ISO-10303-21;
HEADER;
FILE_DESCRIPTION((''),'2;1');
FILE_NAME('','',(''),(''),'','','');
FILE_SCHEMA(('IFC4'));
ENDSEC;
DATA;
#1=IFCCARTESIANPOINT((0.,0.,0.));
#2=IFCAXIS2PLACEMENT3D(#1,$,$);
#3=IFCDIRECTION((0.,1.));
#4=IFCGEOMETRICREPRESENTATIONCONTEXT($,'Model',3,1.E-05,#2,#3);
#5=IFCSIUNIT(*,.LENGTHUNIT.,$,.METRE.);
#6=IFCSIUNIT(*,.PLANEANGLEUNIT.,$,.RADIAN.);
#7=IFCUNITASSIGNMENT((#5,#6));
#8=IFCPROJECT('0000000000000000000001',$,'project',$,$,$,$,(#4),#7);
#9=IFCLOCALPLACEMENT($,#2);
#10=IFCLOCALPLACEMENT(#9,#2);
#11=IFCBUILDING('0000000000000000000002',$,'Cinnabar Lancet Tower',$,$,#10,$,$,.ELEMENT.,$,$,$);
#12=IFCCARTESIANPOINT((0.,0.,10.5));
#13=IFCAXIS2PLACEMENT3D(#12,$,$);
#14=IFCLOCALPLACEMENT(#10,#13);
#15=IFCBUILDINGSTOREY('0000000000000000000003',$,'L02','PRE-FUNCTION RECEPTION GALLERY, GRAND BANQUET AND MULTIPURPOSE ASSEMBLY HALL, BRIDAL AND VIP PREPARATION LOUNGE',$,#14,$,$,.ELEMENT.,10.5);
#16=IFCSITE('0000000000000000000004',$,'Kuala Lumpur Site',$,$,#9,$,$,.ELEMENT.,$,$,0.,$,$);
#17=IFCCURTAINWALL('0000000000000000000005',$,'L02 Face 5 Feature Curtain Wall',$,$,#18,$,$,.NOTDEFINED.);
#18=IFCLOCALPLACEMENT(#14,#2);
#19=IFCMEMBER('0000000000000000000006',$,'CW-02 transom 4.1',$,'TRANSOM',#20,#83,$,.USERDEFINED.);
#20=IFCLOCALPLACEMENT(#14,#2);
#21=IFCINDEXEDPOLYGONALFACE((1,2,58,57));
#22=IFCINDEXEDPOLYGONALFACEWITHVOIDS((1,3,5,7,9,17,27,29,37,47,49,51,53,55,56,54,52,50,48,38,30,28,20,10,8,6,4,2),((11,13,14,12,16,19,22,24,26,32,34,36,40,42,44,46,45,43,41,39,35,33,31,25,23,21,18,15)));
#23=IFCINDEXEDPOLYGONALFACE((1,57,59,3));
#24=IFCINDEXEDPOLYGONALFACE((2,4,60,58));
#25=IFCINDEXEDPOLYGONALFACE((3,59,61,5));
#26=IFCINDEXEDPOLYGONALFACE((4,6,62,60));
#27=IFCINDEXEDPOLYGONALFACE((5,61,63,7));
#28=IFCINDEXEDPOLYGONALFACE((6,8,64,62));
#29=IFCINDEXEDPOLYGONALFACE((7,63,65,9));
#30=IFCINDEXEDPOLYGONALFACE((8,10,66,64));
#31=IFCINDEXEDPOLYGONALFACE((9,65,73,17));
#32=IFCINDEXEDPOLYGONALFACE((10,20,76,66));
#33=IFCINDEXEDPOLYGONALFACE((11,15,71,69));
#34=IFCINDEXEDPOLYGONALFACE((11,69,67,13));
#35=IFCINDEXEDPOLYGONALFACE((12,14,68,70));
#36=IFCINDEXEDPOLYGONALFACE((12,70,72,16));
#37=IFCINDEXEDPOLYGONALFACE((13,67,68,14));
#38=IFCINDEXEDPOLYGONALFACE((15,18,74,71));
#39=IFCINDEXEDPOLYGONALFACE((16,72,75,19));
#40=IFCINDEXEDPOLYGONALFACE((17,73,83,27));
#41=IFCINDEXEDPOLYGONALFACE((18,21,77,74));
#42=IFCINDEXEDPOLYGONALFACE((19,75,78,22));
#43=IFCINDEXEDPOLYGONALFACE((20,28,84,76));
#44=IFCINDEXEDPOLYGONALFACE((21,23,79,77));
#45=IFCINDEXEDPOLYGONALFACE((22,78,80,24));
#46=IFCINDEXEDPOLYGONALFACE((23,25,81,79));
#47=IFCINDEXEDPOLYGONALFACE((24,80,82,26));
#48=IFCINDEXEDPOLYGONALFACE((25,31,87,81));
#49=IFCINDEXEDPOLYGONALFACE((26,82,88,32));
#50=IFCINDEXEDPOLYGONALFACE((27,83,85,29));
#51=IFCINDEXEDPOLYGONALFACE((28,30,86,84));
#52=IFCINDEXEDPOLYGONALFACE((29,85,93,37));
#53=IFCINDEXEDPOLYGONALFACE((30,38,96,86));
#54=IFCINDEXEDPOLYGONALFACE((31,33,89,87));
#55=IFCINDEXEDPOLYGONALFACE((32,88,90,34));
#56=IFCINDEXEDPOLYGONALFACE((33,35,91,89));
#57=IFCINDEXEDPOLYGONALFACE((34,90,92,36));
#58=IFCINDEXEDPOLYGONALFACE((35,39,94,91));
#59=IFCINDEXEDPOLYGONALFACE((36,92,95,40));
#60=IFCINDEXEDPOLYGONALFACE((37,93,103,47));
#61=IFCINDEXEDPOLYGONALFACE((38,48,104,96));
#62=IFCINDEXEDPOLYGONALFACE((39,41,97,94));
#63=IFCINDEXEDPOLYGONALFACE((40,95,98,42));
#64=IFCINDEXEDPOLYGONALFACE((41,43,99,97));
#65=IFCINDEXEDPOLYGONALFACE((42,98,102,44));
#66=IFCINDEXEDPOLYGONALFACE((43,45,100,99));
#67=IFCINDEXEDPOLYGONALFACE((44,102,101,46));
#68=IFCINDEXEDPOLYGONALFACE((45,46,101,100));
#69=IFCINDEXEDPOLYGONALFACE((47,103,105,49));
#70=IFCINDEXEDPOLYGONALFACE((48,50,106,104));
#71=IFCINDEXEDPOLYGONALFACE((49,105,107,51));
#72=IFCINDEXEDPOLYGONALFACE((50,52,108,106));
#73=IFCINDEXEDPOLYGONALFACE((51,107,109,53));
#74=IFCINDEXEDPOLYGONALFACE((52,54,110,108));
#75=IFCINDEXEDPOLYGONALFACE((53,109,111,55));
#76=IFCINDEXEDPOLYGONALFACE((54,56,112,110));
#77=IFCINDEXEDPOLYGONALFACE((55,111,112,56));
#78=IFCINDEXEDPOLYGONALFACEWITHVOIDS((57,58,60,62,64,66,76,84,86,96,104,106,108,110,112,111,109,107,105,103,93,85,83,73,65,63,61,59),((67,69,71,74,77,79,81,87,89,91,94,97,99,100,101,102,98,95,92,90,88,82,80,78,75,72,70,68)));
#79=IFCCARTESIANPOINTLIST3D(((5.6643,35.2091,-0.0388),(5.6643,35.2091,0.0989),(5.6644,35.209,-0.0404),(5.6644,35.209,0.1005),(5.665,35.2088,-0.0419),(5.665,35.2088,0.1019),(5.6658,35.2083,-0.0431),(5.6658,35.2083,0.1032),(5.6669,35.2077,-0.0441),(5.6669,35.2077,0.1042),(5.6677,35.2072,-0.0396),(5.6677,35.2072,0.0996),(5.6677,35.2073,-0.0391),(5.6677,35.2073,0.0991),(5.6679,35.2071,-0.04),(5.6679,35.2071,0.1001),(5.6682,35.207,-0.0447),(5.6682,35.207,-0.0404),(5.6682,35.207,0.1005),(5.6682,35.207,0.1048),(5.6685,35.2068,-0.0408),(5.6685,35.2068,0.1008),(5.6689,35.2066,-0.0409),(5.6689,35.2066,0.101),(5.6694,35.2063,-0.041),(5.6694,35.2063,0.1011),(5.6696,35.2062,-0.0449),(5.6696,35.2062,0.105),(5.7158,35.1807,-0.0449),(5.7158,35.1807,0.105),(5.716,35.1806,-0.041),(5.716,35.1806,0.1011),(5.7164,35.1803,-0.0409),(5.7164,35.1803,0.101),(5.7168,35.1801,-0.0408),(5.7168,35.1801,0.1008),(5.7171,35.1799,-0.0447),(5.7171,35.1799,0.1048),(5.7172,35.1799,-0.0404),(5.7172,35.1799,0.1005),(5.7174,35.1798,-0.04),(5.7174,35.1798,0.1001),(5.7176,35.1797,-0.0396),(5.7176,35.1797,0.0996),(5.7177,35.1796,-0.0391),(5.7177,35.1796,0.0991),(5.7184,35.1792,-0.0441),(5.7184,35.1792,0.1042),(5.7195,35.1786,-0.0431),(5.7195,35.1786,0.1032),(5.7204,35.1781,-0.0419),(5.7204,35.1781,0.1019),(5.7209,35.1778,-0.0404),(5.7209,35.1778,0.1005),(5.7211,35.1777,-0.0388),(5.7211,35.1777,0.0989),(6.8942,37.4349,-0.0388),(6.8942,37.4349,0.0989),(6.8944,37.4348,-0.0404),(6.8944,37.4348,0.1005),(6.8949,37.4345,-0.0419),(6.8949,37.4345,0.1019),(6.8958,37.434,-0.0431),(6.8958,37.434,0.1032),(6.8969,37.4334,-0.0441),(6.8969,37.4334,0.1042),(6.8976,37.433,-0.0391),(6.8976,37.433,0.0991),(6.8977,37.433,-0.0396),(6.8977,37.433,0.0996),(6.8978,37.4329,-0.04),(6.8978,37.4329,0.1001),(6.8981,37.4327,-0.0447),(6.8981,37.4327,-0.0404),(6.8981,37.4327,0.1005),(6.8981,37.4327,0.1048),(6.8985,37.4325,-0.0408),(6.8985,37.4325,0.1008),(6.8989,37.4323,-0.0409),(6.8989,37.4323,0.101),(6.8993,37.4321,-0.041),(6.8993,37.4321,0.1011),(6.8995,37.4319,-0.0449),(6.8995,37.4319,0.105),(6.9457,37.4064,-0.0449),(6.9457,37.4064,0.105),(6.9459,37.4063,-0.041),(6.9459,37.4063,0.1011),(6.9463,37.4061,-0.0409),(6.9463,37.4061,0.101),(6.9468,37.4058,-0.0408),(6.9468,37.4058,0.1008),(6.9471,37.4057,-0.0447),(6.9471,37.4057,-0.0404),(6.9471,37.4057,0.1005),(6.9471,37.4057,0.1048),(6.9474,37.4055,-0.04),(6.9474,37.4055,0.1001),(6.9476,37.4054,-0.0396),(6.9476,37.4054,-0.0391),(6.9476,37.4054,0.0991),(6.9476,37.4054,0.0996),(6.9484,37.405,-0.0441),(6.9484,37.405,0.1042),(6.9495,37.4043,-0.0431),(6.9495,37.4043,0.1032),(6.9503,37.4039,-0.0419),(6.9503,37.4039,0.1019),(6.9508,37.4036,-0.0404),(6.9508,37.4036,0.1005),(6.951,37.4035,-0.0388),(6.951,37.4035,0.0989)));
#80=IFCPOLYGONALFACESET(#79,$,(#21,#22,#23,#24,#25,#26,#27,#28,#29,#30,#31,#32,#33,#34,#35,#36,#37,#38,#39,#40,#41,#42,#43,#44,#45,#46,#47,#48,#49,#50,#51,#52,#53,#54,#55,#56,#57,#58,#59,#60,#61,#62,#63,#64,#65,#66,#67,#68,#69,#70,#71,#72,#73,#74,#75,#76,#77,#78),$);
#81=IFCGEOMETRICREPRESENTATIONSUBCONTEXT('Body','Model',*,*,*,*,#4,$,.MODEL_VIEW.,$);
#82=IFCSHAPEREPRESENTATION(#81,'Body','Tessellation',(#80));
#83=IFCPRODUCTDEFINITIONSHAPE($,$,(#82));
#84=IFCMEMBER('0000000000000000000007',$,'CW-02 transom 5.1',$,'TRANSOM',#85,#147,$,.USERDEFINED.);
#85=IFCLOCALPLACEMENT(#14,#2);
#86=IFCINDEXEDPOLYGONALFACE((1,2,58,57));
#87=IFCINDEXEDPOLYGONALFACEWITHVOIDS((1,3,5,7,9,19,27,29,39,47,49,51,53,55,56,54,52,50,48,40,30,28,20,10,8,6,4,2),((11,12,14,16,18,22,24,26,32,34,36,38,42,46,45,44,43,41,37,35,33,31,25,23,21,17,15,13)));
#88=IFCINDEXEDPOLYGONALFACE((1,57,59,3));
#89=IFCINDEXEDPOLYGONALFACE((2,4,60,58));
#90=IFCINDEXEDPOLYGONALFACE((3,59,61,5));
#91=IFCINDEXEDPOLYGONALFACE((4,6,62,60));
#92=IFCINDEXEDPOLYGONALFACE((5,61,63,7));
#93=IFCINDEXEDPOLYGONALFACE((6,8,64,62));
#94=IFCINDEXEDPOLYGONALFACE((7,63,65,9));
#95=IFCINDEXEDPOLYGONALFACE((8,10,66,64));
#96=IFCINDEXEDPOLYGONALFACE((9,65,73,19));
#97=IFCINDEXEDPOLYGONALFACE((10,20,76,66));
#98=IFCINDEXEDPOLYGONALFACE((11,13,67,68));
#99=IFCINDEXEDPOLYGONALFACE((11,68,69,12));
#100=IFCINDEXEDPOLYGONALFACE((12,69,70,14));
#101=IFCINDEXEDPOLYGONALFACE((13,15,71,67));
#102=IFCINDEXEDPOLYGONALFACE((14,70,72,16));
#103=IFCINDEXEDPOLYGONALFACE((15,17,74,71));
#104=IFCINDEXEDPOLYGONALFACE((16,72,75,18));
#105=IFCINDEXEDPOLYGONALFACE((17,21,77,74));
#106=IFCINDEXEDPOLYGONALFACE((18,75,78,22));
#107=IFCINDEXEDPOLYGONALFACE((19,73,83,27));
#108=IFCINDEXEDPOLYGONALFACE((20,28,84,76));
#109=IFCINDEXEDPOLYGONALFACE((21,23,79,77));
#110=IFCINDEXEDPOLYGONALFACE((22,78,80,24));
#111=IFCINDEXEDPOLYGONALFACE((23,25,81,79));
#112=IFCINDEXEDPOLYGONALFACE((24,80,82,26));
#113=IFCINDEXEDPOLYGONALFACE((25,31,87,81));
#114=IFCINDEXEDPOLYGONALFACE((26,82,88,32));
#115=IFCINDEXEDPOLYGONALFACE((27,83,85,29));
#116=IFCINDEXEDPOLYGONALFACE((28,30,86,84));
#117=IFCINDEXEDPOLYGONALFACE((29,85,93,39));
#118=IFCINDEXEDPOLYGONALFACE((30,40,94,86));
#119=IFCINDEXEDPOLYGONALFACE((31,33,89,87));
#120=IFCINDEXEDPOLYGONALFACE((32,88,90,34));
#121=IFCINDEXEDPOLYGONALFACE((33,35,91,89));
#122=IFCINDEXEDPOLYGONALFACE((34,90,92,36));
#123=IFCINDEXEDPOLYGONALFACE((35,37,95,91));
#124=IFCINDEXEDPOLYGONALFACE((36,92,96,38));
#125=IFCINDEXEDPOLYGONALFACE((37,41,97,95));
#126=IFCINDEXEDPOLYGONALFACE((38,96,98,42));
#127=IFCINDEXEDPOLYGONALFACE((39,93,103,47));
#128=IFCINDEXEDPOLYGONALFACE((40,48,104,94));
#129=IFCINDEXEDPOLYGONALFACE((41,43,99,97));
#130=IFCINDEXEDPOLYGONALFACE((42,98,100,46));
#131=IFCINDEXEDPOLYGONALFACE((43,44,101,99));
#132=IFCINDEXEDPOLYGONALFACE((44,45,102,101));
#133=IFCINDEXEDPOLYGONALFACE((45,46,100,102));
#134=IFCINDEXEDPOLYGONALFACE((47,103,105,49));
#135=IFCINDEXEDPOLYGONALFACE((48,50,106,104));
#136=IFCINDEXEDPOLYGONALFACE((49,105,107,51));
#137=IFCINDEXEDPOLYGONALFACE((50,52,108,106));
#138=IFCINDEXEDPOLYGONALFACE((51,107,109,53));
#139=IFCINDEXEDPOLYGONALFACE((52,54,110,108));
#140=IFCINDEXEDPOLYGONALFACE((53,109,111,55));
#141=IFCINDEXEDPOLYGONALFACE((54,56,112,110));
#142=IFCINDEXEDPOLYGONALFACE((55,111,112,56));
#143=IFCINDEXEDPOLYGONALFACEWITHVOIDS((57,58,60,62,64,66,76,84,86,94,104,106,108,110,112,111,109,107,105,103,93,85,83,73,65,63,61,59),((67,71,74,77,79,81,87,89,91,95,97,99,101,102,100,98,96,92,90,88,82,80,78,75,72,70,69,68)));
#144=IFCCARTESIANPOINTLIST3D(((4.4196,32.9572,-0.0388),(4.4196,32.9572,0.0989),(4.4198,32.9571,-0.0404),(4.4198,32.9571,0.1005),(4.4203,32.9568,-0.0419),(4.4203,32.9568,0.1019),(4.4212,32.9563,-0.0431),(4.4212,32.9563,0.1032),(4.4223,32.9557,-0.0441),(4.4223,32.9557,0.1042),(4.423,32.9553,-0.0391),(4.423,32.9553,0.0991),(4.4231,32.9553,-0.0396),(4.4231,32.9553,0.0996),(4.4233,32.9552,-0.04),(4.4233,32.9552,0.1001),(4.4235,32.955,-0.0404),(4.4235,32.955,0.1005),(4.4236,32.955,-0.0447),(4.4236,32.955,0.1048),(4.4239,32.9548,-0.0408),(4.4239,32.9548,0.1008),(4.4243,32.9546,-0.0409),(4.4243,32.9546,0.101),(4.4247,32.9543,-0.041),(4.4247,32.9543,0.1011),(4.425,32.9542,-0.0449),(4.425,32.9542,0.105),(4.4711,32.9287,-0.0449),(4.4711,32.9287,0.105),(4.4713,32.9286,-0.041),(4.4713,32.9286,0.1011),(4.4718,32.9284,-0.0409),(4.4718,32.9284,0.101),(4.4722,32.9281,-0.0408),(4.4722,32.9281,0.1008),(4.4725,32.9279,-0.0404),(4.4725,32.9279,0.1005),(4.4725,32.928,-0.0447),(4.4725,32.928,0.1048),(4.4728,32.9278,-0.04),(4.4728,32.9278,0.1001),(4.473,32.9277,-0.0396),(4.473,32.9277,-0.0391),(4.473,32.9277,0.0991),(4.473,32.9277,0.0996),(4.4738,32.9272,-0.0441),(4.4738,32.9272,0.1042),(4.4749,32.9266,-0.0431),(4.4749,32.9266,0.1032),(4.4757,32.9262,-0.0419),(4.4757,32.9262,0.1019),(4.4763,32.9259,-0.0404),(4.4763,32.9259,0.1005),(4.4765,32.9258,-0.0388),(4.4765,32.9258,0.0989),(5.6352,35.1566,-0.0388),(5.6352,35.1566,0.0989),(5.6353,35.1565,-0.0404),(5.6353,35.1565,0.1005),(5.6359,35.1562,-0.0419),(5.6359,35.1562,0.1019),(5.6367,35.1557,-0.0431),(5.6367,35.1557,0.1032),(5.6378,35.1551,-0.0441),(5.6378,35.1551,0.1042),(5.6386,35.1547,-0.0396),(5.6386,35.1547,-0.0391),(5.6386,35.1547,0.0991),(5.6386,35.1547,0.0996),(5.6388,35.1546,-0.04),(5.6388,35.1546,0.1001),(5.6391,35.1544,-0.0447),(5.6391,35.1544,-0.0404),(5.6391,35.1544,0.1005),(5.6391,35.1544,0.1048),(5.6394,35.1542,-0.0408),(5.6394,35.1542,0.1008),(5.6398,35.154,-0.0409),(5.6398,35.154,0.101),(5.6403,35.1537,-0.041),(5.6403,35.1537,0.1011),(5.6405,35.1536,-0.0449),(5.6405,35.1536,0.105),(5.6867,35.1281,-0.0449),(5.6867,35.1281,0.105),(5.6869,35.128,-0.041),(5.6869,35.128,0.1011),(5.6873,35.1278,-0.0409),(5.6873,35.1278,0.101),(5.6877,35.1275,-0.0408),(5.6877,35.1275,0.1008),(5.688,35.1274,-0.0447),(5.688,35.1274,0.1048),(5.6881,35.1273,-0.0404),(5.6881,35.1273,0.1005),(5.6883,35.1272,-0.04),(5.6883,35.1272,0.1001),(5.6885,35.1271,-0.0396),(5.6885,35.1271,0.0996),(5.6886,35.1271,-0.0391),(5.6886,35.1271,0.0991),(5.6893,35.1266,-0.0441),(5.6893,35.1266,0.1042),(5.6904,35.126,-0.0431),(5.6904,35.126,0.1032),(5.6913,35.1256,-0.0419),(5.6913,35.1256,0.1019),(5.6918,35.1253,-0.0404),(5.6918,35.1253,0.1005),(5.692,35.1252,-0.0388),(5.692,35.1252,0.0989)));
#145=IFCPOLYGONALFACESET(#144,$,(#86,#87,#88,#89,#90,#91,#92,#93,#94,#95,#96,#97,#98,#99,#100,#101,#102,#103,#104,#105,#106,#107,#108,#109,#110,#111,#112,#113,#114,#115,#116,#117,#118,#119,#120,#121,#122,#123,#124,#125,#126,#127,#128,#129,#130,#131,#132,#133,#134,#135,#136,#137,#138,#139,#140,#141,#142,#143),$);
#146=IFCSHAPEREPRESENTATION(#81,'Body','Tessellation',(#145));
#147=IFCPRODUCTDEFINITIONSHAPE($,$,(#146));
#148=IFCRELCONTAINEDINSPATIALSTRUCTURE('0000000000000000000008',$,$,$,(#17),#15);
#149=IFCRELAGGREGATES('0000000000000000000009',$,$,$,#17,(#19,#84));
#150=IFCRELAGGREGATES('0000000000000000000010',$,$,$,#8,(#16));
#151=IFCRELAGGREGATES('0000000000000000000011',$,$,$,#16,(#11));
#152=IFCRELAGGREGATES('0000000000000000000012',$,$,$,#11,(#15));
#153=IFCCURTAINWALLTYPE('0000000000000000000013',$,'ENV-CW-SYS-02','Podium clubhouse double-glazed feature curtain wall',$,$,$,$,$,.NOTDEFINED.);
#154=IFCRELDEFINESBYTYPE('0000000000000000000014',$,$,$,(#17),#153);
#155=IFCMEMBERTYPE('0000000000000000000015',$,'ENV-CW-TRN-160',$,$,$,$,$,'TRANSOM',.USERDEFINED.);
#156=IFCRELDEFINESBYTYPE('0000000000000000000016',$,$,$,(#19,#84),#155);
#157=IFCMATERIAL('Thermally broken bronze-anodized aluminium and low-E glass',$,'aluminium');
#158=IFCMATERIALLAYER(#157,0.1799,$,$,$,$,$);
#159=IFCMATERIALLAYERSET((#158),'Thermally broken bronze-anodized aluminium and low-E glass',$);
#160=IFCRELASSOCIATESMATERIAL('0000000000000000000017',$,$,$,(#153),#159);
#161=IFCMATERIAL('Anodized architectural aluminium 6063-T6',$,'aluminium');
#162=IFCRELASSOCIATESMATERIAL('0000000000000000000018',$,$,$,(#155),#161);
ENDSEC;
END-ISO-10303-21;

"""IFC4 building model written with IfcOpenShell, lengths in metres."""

from ifc_helpers import new_model, si_unit, direction, frame, origin, origin_2d, place, context, subcontext, project, spatial, hollow_rectangle, extrude, material, layer, layer_set, material_profile, profile_set, type_object, element, aggregate, save


model = new_model("IFC4")

# Units and contexts
model_context = context("Model", 3, precision=1e-05, world=origin(), true_north=direction((0.0, 1.0)))
body_context = subcontext(model_context, "Body", "Model", "MODEL_VIEW")
ifc_project = project(units=[si_unit("LENGTHUNIT", "METRE"), si_unit("PLANEANGLEUNIT", "RADIAN")], contexts=[model_context])

# Site, building, storey
site_placement = place(None, origin())
site = spatial("IfcSite", under=ifc_project, at=site_placement, Name="Kuala Lumpur Site", CompositionType="ELEMENT", RefElevation=0.0)
building_placement = place(site_placement, origin())
building = spatial("IfcBuilding", under=site, at=building_placement, Name="Cinnabar Lancet Tower", CompositionType="ELEMENT")
storey_placement = place(building_placement, frame((0.0, 0.0, 10.5)))
storey = spatial("IfcBuildingStorey", under=building, at=storey_placement, Name="L02", Description="PRE-FUNCTION RECEPTION GALLERY, GRAND BANQUET AND MULTIPURPOSE ASSEMBLY HALL, BRIDAL AND VIP PREPARATION LOUNGE", CompositionType="ELEMENT", Elevation=10.5)

# Curtain wall, members
ifc_material_1 = material(Name="Thermally broken bronze-anodized aluminium and low-E glass", Category="aluminium")
ifc_layer_1 = layer(ifc_material_1, 0.1799)
ifc_layer_set_1 = layer_set([ifc_layer_1], Name="Thermally broken bronze-anodized aluminium and low-E glass")
curtain_wall_type = type_object("IfcCurtainWallType", Name="ENV-CW-SYS-02", Description="Podium clubhouse double-glazed feature curtain wall", PredefinedType="NOTDEFINED", material=ifc_layer_set_1)
curtain_wall_placement = place(storey_placement, origin())
curtain_wall = element("IfcCurtainWall", 1, at=curtain_wall_placement, inside=storey, type_object=curtain_wall_type, Name="L02 Face 5 Feature Curtain Wall", PredefinedType="NOTDEFINED")
ifc_material_2 = material(Name="Anodized architectural aluminium 6063-T6", Category="aluminium")
ifc_material_profile_1 = material_profile(ifc_material_2, hollow_rectangle(XDim=0.0649, YDim=0.1499, WallThickness=0.0039, InnerFilletRadius=0.002, OuterFilletRadius=0.0061, at=origin_2d()), Name="CW-TRN 150x65x4")
ifc_profile_set_1 = profile_set([ifc_material_profile_1], Name="Anodized architectural aluminium 6063-T6")
member_type_1 = type_object("IfcMemberType", Name="ENV-CW-TRN-160", ElementType="TRANSOM", PredefinedType="USERDEFINED", material=ifc_profile_set_1)
member_1_placement = place(storey_placement, frame((6.9226, 37.4192, 0.03), z_axis=(-0.483661, -0.875255, 0.0), x_axis=(0.875255, -0.483661, 0.0)))
member_1 = element("IfcMember", 2, at=member_1_placement, type_object=member_type_1, Name="CW-02 transom 4.1", ObjectType="TRANSOM", PredefinedType="USERDEFINED", context=body_context, shape_type="SweptSolid", body=[
    extrude(hollow_rectangle(XDim=0.0649, YDim=0.1499, WallThickness=0.0039, InnerFilletRadius=0.002, OuterFilletRadius=0.0061, at=origin_2d()), origin(), (0.0, 0.0, 1.0), 2.543),
])
member_2_placement = place(storey_placement, frame((5.6636, 35.1409, 0.03), z_axis=(-0.483712, -0.875227, 0.0), x_axis=(0.875227, -0.483712, 0.0)))
member_2 = element("IfcMember", 3, at=member_2_placement, type_object=member_type_1, Name="CW-02 transom 5.1", ObjectType="TRANSOM", PredefinedType="USERDEFINED", context=body_context, shape_type="SweptSolid", body=[
    extrude(hollow_rectangle(XDim=0.0649, YDim=0.1499, WallThickness=0.0039, InnerFilletRadius=0.002, OuterFilletRadius=0.0061, at=origin_2d()), origin(), (0.0, 0.0, 1.0), 2.5129),
])

aggregate(curtain_wall, [member_1, member_2])

save(model, "model.ifc")
